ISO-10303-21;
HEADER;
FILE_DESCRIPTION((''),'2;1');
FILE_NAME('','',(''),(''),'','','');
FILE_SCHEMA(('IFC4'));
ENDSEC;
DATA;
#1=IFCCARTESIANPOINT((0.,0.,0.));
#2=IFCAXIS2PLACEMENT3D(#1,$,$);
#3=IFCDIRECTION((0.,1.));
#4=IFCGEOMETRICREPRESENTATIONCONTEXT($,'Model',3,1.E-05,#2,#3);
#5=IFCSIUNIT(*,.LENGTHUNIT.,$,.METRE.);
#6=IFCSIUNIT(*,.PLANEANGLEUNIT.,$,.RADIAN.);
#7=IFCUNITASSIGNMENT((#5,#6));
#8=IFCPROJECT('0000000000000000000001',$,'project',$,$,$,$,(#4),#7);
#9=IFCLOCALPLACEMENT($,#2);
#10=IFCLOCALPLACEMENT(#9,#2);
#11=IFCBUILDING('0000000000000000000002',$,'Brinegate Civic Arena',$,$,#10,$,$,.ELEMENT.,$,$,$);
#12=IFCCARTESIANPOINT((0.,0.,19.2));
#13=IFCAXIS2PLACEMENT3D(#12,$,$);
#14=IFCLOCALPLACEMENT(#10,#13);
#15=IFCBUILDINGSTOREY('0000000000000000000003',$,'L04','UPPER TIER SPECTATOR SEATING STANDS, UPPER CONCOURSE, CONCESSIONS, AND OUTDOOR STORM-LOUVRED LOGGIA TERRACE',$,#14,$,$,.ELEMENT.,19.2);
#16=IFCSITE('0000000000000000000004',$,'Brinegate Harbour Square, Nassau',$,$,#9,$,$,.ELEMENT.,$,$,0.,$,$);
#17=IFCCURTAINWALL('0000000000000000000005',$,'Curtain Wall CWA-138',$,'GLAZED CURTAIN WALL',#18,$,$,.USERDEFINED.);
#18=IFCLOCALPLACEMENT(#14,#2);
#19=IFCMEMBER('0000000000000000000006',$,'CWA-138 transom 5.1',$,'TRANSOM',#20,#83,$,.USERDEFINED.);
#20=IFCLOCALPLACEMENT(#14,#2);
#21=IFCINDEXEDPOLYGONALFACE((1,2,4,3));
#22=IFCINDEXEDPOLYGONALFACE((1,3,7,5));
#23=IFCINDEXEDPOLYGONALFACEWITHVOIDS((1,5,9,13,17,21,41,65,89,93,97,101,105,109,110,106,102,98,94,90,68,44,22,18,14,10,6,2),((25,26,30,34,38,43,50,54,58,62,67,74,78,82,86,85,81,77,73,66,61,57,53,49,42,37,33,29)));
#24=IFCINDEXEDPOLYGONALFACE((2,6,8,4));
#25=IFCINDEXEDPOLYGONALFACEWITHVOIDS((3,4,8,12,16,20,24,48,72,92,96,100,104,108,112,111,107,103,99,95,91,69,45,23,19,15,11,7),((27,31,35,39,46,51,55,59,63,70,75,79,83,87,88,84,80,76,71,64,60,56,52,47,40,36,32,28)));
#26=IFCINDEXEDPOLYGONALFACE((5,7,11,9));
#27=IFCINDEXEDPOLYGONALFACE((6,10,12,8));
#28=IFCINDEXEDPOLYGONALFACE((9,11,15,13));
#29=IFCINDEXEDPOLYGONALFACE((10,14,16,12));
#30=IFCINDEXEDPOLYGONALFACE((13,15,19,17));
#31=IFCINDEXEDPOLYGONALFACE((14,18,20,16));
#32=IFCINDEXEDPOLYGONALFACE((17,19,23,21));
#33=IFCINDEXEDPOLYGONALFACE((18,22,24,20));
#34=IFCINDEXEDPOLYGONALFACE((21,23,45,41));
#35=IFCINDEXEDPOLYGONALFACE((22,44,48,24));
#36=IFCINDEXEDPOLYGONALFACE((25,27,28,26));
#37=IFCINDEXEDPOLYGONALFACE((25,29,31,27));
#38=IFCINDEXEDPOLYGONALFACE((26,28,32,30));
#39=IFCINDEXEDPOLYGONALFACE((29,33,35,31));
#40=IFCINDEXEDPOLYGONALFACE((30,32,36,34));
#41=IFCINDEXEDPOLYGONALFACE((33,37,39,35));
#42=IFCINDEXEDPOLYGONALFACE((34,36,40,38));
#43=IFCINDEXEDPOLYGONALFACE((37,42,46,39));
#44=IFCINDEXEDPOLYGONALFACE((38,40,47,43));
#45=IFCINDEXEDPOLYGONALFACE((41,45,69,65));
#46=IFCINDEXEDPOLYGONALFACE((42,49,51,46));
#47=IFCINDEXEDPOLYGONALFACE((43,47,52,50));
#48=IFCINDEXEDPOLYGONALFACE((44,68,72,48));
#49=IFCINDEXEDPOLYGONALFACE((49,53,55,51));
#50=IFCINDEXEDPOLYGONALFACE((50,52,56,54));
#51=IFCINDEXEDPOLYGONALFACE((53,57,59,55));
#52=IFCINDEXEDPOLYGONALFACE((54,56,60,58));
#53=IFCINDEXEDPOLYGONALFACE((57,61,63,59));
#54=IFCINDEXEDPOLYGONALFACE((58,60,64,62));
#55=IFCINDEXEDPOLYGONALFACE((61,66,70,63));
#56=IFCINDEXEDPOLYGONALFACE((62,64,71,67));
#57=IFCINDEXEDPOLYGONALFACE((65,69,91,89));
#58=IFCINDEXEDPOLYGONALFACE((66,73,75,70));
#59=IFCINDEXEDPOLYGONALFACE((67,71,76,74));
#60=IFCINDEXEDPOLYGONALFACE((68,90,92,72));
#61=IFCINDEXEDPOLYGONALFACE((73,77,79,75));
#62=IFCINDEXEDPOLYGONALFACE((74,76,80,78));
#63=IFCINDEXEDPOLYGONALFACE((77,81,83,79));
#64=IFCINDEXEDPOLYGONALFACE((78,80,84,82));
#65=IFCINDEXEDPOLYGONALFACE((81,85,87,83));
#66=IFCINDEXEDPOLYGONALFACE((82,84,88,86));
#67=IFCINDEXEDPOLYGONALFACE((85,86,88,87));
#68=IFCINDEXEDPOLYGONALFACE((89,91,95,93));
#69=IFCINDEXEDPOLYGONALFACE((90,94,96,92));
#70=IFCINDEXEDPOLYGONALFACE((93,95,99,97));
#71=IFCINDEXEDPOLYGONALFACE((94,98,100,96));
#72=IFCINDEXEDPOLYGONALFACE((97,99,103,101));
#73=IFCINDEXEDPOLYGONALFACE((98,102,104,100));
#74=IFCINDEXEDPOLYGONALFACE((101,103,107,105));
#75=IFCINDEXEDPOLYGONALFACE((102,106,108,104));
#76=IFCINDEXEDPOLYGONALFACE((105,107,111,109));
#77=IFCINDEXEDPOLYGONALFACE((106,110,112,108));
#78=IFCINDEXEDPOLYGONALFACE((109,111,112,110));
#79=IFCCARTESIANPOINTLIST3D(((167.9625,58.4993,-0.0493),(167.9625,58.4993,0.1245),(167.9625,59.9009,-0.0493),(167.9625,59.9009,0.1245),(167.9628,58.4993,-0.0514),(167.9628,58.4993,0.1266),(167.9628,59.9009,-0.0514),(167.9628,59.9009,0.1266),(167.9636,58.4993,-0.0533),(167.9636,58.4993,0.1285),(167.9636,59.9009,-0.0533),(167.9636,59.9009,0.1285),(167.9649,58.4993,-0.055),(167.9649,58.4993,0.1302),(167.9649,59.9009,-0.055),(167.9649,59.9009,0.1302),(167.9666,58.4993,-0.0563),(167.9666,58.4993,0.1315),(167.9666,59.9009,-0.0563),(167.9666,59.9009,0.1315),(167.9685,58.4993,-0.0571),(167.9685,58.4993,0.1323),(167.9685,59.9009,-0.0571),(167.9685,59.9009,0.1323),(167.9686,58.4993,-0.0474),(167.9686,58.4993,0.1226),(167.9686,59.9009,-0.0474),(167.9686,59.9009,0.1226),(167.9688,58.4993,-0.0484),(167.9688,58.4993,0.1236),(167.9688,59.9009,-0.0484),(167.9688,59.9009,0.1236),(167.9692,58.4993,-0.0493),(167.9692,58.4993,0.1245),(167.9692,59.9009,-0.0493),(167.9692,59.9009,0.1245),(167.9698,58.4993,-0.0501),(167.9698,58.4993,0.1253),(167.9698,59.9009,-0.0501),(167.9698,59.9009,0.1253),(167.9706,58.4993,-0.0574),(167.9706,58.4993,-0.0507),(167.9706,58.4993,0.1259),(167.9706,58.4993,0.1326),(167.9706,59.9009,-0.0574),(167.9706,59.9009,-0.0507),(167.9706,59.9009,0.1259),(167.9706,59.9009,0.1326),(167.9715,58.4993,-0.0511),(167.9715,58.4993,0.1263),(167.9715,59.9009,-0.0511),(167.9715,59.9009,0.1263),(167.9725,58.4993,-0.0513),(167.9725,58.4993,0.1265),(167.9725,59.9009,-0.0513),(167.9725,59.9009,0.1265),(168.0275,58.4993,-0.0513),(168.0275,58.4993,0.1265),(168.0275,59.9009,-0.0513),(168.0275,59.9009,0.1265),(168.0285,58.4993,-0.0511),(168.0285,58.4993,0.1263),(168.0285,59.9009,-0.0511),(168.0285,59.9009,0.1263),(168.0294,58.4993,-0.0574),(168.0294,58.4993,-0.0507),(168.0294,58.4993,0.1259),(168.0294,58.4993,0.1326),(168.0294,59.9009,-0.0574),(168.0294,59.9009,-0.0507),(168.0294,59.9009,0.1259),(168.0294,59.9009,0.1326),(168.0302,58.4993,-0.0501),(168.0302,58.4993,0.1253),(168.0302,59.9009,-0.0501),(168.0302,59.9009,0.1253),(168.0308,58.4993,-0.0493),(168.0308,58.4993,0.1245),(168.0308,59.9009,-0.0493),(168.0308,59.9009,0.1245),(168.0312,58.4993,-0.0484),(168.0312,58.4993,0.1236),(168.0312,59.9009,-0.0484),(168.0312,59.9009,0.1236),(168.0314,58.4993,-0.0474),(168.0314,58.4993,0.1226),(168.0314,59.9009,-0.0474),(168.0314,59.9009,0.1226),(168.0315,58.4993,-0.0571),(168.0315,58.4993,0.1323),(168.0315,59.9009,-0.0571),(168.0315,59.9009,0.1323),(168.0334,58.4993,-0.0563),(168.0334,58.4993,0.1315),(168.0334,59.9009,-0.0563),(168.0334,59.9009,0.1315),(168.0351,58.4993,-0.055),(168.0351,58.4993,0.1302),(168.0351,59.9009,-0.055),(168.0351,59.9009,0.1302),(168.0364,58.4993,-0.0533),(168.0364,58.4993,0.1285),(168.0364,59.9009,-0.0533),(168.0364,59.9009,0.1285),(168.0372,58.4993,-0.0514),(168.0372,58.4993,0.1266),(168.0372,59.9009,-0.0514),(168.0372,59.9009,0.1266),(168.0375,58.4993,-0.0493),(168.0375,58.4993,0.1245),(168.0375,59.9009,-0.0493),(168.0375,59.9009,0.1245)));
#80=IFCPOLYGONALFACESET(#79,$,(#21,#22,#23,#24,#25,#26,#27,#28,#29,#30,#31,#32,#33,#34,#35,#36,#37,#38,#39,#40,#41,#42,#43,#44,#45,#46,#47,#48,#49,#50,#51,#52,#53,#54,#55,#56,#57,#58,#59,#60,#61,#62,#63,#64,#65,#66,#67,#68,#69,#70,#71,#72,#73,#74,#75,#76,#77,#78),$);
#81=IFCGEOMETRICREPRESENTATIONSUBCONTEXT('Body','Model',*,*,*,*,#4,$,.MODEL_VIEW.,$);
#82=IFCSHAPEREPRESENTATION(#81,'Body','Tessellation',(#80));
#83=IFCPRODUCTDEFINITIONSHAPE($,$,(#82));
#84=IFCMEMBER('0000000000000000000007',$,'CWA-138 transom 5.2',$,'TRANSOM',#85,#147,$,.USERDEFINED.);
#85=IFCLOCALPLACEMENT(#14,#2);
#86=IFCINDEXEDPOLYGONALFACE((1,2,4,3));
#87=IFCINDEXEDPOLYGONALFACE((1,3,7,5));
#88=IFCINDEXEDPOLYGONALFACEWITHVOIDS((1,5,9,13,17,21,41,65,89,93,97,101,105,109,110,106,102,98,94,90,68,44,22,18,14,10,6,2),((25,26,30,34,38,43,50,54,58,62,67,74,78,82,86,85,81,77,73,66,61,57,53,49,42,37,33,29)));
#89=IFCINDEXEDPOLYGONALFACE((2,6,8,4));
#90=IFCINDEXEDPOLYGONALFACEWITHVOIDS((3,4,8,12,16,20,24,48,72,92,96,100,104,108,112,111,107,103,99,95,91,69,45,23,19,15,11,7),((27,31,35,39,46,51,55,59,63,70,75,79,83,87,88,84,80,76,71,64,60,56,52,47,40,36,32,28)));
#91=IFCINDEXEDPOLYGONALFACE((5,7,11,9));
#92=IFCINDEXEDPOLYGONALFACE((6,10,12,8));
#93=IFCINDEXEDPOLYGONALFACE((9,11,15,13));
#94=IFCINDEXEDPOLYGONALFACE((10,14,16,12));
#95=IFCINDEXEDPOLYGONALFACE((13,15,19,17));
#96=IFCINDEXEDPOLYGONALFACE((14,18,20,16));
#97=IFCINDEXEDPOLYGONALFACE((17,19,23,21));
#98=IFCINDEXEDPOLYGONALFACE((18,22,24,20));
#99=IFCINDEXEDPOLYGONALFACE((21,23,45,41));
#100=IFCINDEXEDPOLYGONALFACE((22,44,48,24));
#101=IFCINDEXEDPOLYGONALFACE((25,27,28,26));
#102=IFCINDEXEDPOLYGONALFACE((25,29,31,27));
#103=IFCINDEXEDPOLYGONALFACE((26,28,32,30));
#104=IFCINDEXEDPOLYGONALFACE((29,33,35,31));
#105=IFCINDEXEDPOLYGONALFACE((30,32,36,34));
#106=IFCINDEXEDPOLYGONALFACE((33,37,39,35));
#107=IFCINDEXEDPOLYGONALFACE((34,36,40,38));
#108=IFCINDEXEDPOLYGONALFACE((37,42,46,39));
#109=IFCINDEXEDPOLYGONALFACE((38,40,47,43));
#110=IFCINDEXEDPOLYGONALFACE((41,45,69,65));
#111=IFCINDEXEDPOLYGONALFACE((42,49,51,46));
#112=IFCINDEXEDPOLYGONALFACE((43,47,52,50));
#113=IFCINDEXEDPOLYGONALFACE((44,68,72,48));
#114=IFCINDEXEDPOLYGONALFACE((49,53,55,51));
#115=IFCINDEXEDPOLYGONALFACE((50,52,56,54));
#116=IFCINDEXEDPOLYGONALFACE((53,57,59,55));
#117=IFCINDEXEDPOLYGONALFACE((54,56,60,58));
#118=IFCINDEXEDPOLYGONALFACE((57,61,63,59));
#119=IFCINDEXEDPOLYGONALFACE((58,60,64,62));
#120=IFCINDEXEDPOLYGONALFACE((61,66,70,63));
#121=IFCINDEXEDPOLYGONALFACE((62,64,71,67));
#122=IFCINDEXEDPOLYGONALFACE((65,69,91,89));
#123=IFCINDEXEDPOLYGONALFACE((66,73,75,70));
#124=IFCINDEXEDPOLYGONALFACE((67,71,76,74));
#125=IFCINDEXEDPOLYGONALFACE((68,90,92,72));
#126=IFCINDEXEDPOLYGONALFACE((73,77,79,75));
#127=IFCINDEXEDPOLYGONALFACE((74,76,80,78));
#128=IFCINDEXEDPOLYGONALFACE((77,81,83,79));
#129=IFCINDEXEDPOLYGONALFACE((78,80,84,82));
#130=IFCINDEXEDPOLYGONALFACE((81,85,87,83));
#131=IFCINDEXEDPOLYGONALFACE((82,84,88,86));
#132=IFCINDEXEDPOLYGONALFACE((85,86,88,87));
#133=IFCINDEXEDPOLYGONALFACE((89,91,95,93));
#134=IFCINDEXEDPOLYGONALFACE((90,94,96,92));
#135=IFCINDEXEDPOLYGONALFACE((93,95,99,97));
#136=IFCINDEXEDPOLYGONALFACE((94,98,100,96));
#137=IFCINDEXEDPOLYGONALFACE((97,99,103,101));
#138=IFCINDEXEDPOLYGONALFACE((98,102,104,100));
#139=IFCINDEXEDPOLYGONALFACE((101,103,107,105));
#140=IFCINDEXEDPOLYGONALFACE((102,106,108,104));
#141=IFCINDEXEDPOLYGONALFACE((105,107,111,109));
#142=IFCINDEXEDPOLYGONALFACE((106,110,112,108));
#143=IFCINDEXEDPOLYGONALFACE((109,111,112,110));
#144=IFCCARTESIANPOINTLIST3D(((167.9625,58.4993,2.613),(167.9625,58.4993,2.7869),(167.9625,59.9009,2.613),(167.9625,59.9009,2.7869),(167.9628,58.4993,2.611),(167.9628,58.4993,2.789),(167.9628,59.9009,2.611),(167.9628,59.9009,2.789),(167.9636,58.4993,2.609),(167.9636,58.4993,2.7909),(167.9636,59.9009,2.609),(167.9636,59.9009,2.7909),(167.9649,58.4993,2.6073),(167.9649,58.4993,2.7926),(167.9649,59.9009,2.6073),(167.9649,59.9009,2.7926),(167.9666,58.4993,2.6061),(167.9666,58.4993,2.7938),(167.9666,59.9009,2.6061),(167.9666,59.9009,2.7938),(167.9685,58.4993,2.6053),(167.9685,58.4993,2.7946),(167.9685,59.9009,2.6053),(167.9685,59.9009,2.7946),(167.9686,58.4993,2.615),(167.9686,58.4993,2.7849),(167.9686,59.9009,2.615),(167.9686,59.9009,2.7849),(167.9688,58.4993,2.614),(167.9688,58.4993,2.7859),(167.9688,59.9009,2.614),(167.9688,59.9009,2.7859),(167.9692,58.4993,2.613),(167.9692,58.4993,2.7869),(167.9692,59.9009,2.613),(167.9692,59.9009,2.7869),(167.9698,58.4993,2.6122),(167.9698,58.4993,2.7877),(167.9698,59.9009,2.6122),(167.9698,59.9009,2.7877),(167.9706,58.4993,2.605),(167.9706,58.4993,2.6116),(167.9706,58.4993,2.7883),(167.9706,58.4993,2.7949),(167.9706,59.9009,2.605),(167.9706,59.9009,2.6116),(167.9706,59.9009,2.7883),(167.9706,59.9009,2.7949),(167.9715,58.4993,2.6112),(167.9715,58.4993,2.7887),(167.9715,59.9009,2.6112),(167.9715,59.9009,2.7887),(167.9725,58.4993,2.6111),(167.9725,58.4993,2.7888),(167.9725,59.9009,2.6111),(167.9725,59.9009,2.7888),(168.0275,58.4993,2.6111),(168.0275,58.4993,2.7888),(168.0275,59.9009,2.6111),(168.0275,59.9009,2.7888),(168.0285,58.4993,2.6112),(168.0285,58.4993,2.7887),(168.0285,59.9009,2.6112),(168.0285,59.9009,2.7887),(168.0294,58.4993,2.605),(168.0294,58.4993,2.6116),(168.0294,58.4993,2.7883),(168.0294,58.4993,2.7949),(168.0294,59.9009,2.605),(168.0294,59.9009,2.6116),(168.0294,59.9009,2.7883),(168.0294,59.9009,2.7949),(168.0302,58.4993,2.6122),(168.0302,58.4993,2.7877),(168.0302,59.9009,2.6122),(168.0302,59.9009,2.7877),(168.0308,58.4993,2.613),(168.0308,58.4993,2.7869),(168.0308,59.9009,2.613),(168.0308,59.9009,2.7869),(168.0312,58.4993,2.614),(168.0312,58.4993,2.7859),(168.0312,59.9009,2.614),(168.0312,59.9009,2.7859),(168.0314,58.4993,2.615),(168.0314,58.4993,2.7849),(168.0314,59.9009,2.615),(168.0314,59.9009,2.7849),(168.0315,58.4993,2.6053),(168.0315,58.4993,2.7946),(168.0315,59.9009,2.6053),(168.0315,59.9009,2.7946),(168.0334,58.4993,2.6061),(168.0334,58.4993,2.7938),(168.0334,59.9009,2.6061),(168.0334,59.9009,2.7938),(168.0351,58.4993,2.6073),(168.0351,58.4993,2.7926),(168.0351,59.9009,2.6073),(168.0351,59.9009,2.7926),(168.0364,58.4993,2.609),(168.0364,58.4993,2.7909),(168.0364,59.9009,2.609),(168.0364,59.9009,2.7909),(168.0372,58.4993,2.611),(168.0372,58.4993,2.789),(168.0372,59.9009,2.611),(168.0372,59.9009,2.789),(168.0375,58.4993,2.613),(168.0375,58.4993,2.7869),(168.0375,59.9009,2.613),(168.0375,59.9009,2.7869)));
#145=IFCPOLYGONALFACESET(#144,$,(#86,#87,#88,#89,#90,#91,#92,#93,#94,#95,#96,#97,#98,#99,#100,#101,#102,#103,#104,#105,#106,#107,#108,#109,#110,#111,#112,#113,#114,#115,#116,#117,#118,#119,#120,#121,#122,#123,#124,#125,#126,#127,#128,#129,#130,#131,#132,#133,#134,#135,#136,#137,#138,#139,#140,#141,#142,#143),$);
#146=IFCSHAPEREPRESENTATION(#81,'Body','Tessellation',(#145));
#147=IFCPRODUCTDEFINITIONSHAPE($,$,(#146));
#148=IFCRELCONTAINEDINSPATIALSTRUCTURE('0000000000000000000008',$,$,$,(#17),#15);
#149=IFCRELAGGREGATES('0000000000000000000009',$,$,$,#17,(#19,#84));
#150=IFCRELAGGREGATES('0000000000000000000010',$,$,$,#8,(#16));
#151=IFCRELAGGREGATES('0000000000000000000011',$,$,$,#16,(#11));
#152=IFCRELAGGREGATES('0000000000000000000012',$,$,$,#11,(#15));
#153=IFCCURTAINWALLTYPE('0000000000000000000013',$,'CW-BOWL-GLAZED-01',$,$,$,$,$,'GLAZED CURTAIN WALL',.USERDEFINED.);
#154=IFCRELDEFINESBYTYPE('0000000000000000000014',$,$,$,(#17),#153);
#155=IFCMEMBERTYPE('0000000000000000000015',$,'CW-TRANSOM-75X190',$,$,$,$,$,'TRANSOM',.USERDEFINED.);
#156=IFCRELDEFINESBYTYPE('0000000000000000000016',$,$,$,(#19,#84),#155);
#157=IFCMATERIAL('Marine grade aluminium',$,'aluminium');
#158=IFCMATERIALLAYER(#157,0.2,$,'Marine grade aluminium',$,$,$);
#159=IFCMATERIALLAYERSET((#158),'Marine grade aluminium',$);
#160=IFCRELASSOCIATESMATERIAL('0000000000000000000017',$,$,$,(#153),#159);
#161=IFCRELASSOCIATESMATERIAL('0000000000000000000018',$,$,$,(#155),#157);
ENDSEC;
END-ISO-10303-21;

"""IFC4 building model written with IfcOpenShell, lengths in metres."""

from ifc_helpers import new_model, si_unit, direction, frame, origin, origin_2d, place, context, subcontext, project, spatial, hollow_rectangle, extrude, material, layer, layer_set, material_profile, profile_set, type_object, element, aggregate, save


model = new_model("IFC4")

# Units and contexts
model_context = context("Model", 3, precision=1e-05, world=origin(), true_north=direction((0.0, 1.0)))
body_context = subcontext(model_context, "Body", "Model", "MODEL_VIEW")
ifc_project = project(units=[si_unit("LENGTHUNIT", "METRE"), si_unit("PLANEANGLEUNIT", "RADIAN")], contexts=[model_context])

# Site, building, storey
site_placement = place(None, origin())
site = spatial("IfcSite", under=ifc_project, at=site_placement, Name="Brinegate Harbour Square, Nassau", CompositionType="ELEMENT", RefElevation=0.0)
building_placement = place(site_placement, origin())
building = spatial("IfcBuilding", under=site, at=building_placement, Name="Brinegate Civic Arena", CompositionType="ELEMENT")
storey_placement = place(building_placement, frame((0.0, 0.0, 19.2)))
storey = spatial("IfcBuildingStorey", under=building, at=storey_placement, Name="L04", Description="UPPER TIER SPECTATOR SEATING STANDS, UPPER CONCOURSE, CONCESSIONS, AND OUTDOOR STORM-LOUVRED LOGGIA TERRACE", CompositionType="ELEMENT", Elevation=19.2)

# Curtain wall, members
ifc_material_1 = material(Name="Marine grade aluminium", Category="aluminium")
ifc_layer_1 = layer(ifc_material_1, 0.2, Name="Marine grade aluminium")
ifc_layer_set_1 = layer_set([ifc_layer_1], Name="Marine grade aluminium")
curtain_wall_type = type_object("IfcCurtainWallType", Name="CW-BOWL-GLAZED-01", ElementType="GLAZED CURTAIN WALL", PredefinedType="USERDEFINED", material=ifc_layer_set_1)
curtain_wall_placement = place(storey_placement, origin())
curtain_wall = element("IfcCurtainWall", 1, at=curtain_wall_placement, inside=storey, type_object=curtain_wall_type, Name="Curtain Wall CWA-138", ObjectType="GLAZED CURTAIN WALL", PredefinedType="USERDEFINED")
ifc_material_profile_1 = material_profile(ifc_material_1, hollow_rectangle(XDim=0.075, YDim=0.1899, WallThickness=0.0061, InnerFilletRadius=0.0039, OuterFilletRadius=0.0081, at=origin_2d()), Name="TRN75X190")
ifc_profile_set_1 = profile_set([ifc_material_profile_1], Name="Marine grade aluminium")
member_type_1 = type_object("IfcMemberType", Name="CW-TRANSOM-75X190", ElementType="TRANSOM", PredefinedType="USERDEFINED", material=ifc_profile_set_1)
member_1_placement = place(storey_placement, frame((168.0, 58.4993, 0.0376), z_axis=(0.0, 1.0, 0.0), x_axis=(-1.0, 0.0, 0.0)))
member_1 = element("IfcMember", 2, at=member_1_placement, type_object=member_type_1, Name="CWA-138 transom 5.1", ObjectType="TRANSOM", PredefinedType="USERDEFINED", context=body_context, shape_type="SweptSolid", body=[
    extrude(hollow_rectangle(XDim=0.075, YDim=0.1899, WallThickness=0.0061, InnerFilletRadius=0.0039, OuterFilletRadius=0.0081, at=origin_2d()), origin(), (0.0, 0.0, 1.0), 1.4016),
])
member_2_placement = place(storey_placement, frame((168.0, 58.4993, 2.7), z_axis=(0.0, 1.0, 0.0), x_axis=(-1.0, 0.0, 0.0)))
member_2 = element("IfcMember", 3, at=member_2_placement, type_object=member_type_1, Name="CWA-138 transom 5.2", ObjectType="TRANSOM", PredefinedType="USERDEFINED", context=body_context, shape_type="SweptSolid", body=[
    extrude(hollow_rectangle(XDim=0.075, YDim=0.1899, WallThickness=0.0061, InnerFilletRadius=0.0039, OuterFilletRadius=0.0081, at=origin_2d()), origin(), (0.0, 0.0, 1.0), 1.4016),
])
aggregate(curtain_wall, [member_1, member_2])

save(model, "model.ifc")
